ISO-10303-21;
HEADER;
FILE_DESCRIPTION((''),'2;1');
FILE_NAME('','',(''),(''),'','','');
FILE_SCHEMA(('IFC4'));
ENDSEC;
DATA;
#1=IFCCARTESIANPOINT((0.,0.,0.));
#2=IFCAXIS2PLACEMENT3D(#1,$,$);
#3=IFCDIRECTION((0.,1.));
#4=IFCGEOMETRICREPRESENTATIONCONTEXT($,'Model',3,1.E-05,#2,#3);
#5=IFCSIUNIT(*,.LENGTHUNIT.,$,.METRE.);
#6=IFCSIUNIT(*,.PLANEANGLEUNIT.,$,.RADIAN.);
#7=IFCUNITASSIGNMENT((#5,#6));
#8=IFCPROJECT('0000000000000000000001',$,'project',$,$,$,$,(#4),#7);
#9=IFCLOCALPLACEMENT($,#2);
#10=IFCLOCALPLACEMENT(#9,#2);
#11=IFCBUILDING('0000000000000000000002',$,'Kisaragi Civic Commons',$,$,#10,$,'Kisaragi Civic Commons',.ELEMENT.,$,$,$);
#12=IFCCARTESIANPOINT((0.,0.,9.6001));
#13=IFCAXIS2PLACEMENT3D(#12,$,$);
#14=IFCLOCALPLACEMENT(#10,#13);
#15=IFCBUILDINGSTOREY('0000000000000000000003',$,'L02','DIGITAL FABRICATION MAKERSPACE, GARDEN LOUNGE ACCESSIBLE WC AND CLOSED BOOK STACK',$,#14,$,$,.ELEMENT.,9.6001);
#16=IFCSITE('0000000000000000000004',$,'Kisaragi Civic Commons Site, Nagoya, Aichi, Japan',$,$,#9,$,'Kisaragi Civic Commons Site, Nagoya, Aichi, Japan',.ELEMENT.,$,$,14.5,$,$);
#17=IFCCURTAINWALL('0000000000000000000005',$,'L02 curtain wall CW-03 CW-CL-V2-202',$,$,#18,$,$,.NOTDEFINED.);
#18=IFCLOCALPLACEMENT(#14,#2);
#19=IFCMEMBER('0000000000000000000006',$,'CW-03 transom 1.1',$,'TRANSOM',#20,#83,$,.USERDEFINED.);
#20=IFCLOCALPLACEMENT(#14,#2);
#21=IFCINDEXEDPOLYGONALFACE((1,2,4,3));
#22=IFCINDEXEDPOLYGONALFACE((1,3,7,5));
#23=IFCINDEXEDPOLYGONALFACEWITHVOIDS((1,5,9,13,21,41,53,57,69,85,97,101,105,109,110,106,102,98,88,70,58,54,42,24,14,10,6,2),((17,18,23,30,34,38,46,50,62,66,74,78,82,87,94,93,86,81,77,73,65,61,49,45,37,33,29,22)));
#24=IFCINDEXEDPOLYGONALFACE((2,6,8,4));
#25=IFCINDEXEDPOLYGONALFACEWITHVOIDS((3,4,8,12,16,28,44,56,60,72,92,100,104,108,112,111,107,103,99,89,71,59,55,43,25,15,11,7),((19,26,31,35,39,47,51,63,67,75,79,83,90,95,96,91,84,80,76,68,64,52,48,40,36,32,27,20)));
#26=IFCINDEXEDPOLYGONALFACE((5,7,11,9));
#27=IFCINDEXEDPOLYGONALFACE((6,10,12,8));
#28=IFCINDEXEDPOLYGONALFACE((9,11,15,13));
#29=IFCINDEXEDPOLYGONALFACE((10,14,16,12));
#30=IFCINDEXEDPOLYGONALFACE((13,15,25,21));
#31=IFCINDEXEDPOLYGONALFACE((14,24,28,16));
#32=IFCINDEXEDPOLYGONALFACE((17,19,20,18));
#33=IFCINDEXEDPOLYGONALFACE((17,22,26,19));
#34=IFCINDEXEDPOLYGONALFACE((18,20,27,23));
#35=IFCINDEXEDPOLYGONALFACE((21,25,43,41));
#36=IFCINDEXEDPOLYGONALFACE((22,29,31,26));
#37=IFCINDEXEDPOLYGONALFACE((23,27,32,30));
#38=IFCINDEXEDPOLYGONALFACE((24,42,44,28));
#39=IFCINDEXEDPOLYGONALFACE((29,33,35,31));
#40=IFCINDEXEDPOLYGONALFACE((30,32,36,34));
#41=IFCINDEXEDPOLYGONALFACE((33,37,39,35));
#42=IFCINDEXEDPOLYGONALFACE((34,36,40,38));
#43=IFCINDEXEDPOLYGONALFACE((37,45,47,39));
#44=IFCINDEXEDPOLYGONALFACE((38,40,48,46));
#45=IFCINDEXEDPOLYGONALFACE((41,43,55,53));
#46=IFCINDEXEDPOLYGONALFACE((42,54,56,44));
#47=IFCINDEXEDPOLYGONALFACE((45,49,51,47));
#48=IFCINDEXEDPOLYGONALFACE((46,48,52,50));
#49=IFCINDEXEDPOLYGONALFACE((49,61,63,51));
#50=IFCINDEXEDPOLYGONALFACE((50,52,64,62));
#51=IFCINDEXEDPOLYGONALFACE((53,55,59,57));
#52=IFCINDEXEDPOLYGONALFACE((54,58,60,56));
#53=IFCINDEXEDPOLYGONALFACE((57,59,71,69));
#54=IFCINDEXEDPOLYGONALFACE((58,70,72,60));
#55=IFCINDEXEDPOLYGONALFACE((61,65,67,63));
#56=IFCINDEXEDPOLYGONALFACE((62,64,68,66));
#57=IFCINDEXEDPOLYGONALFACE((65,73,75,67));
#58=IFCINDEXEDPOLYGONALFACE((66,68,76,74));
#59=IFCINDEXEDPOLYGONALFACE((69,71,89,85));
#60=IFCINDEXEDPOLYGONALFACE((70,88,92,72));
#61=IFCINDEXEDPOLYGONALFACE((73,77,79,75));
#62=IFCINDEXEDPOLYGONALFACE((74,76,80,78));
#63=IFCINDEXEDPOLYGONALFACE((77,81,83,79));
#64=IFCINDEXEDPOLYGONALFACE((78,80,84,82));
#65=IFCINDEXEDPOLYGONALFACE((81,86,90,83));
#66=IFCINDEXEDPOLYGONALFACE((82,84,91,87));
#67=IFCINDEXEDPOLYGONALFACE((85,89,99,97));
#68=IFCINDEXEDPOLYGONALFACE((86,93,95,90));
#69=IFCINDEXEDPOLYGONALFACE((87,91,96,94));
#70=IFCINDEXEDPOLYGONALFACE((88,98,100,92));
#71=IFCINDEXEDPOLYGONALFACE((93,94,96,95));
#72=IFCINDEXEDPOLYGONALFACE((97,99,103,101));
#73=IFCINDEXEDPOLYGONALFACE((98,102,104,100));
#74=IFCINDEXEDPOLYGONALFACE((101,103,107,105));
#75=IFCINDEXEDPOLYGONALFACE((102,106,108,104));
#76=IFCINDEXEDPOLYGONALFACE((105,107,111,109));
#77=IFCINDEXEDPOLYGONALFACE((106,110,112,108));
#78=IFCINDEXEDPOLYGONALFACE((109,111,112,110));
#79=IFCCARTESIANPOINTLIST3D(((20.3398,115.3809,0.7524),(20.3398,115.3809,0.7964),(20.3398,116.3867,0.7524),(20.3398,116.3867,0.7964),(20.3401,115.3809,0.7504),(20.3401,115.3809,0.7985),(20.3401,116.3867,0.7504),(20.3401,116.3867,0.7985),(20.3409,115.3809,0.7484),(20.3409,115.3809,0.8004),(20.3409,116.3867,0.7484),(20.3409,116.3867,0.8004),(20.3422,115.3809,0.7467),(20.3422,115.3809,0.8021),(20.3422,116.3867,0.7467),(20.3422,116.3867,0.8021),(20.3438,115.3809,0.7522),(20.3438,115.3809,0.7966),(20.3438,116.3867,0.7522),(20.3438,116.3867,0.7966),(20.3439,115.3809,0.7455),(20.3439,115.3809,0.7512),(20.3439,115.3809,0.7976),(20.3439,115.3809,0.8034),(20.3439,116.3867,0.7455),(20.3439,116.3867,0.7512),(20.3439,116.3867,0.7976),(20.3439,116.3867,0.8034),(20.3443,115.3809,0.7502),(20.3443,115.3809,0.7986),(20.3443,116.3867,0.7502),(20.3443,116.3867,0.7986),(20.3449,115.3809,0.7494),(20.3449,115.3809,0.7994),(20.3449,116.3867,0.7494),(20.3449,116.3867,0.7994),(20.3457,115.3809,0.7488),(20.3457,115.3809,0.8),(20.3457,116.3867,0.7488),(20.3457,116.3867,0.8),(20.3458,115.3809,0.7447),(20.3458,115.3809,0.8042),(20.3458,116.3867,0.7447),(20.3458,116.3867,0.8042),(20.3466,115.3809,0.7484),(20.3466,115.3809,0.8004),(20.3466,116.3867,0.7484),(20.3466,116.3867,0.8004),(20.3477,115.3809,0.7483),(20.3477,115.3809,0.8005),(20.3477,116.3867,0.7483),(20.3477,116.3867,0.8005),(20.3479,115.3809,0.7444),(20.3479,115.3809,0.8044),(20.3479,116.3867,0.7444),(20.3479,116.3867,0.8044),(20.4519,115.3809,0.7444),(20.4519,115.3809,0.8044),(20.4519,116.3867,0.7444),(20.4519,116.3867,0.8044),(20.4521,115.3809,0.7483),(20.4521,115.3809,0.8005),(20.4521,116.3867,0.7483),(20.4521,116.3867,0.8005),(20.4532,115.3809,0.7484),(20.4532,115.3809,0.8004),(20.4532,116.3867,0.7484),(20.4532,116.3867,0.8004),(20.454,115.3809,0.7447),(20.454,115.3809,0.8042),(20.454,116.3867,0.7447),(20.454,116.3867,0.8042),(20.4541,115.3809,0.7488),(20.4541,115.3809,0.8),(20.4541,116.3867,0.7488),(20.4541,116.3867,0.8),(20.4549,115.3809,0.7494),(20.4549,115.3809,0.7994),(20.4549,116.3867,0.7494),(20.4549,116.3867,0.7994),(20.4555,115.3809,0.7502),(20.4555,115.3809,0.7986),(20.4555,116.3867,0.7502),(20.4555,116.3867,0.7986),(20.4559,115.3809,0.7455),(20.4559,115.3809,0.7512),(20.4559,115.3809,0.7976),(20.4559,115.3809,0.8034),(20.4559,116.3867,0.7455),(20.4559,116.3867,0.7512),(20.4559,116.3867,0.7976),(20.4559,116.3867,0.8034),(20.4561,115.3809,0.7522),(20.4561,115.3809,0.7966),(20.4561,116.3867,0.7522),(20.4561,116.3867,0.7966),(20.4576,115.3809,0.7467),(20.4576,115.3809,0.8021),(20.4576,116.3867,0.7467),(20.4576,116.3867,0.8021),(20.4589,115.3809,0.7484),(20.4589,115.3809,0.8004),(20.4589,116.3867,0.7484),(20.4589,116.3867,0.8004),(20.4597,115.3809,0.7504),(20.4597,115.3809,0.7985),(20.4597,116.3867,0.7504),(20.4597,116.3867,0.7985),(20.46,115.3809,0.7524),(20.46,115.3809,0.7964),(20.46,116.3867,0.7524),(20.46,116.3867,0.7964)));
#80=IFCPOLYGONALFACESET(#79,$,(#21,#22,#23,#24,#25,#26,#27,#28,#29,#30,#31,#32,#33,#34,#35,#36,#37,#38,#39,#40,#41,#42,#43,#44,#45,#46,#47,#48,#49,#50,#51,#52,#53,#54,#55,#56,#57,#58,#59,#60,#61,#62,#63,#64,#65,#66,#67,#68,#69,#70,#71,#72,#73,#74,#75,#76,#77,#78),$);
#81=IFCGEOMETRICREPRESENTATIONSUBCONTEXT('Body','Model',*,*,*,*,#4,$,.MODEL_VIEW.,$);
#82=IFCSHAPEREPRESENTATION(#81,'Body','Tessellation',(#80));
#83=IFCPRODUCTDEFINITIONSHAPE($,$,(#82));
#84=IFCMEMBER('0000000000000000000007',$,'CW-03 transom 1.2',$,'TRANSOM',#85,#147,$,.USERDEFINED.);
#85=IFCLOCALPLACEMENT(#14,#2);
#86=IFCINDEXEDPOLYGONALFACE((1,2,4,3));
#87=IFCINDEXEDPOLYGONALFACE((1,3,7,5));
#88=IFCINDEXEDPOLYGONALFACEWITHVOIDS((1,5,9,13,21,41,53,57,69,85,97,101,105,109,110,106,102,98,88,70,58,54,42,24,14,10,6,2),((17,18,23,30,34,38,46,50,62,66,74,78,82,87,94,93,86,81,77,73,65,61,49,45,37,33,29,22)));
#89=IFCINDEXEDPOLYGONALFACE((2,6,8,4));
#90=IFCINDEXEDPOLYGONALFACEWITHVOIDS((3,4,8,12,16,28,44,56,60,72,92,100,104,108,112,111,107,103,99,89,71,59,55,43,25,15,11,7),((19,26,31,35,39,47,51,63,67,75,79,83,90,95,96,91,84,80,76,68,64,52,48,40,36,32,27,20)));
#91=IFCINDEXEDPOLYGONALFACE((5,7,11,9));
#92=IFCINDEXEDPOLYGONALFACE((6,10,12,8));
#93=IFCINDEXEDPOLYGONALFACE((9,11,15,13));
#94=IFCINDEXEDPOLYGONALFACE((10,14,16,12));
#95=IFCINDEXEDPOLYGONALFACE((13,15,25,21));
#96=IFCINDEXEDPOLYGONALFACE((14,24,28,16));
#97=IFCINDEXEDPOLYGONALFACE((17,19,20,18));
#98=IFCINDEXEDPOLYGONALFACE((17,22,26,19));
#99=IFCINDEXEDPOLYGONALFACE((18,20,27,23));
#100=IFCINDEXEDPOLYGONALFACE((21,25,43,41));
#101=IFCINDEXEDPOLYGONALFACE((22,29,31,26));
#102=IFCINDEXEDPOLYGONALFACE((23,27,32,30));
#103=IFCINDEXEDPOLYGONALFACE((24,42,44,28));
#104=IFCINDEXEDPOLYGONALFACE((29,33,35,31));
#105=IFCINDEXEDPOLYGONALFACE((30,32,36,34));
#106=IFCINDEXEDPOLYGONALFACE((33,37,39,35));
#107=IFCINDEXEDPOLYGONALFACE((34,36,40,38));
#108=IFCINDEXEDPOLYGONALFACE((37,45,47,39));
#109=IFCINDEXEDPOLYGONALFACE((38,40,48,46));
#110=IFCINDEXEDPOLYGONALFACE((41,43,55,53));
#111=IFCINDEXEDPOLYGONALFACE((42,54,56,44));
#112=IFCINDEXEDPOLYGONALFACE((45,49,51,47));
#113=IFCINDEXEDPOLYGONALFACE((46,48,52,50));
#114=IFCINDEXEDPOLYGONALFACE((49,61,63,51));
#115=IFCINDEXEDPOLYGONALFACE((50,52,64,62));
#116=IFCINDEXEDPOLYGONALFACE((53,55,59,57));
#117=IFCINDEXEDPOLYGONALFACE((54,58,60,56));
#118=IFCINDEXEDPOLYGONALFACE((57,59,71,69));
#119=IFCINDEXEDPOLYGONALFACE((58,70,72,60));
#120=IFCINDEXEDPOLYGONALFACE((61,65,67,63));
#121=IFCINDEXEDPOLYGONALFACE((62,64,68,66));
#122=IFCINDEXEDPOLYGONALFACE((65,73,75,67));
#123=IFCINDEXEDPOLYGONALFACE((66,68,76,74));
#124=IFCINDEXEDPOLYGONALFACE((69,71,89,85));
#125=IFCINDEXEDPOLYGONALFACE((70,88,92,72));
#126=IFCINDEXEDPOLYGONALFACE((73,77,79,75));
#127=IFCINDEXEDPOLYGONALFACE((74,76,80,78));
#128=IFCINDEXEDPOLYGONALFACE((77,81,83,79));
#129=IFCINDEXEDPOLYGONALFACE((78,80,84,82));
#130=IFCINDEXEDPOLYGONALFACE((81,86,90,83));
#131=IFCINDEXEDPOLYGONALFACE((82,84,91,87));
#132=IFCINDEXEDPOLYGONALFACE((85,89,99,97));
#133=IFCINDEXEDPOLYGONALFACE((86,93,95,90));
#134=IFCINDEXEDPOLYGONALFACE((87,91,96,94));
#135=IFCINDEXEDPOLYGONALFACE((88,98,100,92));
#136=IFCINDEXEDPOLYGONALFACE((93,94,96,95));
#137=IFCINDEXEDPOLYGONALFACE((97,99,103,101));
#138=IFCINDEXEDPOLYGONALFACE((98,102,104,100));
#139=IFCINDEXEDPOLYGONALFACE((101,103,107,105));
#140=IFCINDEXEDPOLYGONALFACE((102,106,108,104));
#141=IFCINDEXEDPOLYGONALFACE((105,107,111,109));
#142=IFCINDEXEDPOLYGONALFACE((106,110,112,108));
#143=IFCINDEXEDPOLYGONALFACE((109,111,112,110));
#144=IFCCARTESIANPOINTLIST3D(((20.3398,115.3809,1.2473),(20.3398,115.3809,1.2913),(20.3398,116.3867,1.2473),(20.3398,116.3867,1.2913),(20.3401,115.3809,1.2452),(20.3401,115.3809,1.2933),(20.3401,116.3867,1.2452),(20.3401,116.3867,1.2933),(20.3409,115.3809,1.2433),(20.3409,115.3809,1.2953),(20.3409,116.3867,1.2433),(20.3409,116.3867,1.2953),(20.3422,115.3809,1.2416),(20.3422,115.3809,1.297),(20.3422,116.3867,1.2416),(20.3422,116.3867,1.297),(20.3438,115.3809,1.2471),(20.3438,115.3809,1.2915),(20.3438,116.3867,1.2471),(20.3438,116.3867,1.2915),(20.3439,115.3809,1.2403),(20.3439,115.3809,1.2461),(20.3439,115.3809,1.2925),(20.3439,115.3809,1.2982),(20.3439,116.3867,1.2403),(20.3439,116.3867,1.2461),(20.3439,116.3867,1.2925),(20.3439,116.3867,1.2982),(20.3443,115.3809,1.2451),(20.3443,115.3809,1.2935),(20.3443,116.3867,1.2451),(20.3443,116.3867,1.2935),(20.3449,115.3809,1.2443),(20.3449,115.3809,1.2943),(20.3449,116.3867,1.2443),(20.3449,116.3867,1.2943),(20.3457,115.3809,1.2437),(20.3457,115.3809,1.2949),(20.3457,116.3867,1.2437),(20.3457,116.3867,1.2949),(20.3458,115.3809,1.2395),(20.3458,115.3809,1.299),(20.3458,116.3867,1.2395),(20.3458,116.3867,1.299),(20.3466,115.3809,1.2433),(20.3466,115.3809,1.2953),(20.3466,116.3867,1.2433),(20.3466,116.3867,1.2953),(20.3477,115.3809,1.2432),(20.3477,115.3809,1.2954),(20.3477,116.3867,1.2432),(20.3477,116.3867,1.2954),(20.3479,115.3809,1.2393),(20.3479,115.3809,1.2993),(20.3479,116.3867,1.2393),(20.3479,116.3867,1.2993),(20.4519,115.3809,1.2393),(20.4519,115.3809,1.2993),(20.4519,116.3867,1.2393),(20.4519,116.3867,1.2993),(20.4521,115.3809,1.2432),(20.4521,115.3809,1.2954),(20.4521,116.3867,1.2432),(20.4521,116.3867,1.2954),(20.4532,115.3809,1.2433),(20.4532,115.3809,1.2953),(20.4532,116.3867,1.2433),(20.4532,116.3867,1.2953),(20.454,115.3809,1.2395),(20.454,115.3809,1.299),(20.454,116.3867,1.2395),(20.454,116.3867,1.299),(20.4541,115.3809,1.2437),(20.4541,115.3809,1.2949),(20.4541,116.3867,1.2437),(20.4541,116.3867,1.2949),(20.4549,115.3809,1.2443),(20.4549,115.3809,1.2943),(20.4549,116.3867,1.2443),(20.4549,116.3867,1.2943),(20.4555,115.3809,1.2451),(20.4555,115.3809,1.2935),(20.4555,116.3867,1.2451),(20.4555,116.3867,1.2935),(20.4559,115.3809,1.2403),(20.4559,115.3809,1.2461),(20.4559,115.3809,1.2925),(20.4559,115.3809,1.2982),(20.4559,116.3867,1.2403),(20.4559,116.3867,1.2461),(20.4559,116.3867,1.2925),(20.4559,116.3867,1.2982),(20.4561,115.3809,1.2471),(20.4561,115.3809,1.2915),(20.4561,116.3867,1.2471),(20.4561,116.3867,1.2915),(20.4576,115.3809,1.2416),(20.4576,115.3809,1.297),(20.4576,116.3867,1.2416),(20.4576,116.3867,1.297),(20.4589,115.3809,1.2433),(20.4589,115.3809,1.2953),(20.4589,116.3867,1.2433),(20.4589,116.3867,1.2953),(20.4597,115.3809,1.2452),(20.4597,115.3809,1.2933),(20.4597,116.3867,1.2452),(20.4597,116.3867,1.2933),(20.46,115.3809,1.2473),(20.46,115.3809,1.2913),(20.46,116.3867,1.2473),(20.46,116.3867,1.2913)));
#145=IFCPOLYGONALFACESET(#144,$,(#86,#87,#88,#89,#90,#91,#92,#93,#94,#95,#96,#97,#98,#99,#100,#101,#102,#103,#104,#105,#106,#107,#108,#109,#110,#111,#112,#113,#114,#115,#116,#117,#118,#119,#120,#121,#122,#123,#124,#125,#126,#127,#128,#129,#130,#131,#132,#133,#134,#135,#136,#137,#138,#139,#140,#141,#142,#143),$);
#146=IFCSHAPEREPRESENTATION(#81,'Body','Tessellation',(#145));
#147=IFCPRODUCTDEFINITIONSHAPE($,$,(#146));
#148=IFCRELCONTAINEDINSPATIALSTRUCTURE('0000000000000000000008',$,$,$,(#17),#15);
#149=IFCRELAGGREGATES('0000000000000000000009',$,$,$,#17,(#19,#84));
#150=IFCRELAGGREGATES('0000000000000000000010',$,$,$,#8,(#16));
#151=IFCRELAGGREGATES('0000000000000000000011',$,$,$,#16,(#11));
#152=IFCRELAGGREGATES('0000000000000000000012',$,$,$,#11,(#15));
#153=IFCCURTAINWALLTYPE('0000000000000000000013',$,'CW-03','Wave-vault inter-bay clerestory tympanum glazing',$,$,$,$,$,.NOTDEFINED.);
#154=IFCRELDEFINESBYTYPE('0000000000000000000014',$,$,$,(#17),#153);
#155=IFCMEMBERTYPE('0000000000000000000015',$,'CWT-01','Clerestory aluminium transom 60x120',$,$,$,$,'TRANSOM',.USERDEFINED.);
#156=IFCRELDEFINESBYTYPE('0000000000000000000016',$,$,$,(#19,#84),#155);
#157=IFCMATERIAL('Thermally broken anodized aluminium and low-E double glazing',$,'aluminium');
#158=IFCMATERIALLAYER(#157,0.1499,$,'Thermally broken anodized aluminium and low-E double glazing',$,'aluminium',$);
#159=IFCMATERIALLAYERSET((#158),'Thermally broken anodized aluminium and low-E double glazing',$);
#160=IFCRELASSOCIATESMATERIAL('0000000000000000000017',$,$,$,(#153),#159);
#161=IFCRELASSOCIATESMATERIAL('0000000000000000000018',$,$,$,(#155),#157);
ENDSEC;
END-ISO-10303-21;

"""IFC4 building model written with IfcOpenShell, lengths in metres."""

from ifc_helpers import new_model, si_unit, direction, frame, origin, origin_2d, place, context, subcontext, project, spatial, hollow_rectangle, extrude, material, layer, layer_set, material_profile, profile_set, type_object, element, aggregate, save


model = new_model("IFC4")

# Units and contexts
model_context = context("Model", 3, precision=1e-05, world=origin(), true_north=direction((0.0, 1.0)))
body_context = subcontext(model_context, "Body", "Model", "MODEL_VIEW")
ifc_project = project(units=[si_unit("LENGTHUNIT", "METRE"), si_unit("PLANEANGLEUNIT", "RADIAN")], contexts=[model_context])

# Site, building, storey
site_placement = place(None, origin())
site = spatial("IfcSite", under=ifc_project, at=site_placement, Name="Kisaragi Civic Commons Site, Nagoya, Aichi, Japan", LongName="Kisaragi Civic Commons Site, Nagoya, Aichi, Japan", CompositionType="ELEMENT", RefElevation=14.5)
building_placement = place(site_placement, origin())
building = spatial("IfcBuilding", under=site, at=building_placement, Name="Kisaragi Civic Commons", LongName="Kisaragi Civic Commons", CompositionType="ELEMENT")
storey_placement = place(building_placement, frame((0.0, 0.0, 9.6001)))
storey = spatial("IfcBuildingStorey", under=building, at=storey_placement, Name="L02", Description="DIGITAL FABRICATION MAKERSPACE, GARDEN LOUNGE ACCESSIBLE WC AND CLOSED BOOK STACK", CompositionType="ELEMENT", Elevation=9.6001)

# Shared definitions
ifc_material_1 = material(Name="Thermally broken anodized aluminium and low-E double glazing", Category="aluminium")
ifc_layer_1 = layer(ifc_material_1, 0.1499, Name="Thermally broken anodized aluminium and low-E double glazing", Category="aluminium")
ifc_layer_set_1 = layer_set([ifc_layer_1], Name="Thermally broken anodized aluminium and low-E double glazing")
curtain_wall_type = type_object("IfcCurtainWallType", Name="CW-03", Description="Wave-vault inter-bay clerestory tympanum glazing", PredefinedType="NOTDEFINED", material=ifc_layer_set_1)

# Curtain wall, members
curtain_wall_1_placement = place(storey_placement, origin())
curtain_wall_1 = element("IfcCurtainWall", 1, at=curtain_wall_1_placement, inside=storey, type_object=curtain_wall_type, Name="L02 curtain wall CW-03 CW-CL-V2-202", PredefinedType="NOTDEFINED")
ifc_material_profile_1 = material_profile(ifc_material_1, hollow_rectangle(XDim=0.1201, YDim=0.0601, WallThickness=0.0039, InnerFilletRadius=0.0039, OuterFilletRadius=0.0081, at=origin_2d()), Name="CWT-60x120x4", Category="aluminium")
ifc_profile_set_1 = profile_set([ifc_material_profile_1], Name="Thermally broken anodized aluminium and low-E double glazing")
member_type_1 = type_object("IfcMemberType", Name="CWT-01", Description="Clerestory aluminium transom 60x120", ElementType="TRANSOM", PredefinedType="USERDEFINED", material=ifc_profile_set_1)
member_1_placement = place(storey_placement, frame((20.3999, 115.3809, 0.7744), z_axis=(0.0, 1.0, 0.0), x_axis=(-1.0, 0.0, 0.0)))
member_1 = element("IfcMember", 2, at=member_1_placement, type_object=member_type_1, Name="CW-03 transom 1.1", ObjectType="TRANSOM", PredefinedType="USERDEFINED", context=body_context, shape_type="SweptSolid", body=[
    extrude(hollow_rectangle(XDim=0.1201, YDim=0.0601, WallThickness=0.0039, InnerFilletRadius=0.0039, OuterFilletRadius=0.0081, at=origin_2d()), origin(), (0.0, 0.0, 1.0), 1.0059),
])
member_2_placement = place(storey_placement, frame((20.3999, 115.3809, 1.2693), z_axis=(0.0, 1.0, 0.0), x_axis=(-1.0, 0.0, 0.0)))
member_2 = element("IfcMember", 3, at=member_2_placement, type_object=member_type_1, Name="CW-03 transom 1.2", ObjectType="TRANSOM", PredefinedType="USERDEFINED", context=body_context, shape_type="SweptSolid", body=[
    extrude(hollow_rectangle(XDim=0.1201, YDim=0.0601, WallThickness=0.0039, InnerFilletRadius=0.0039, OuterFilletRadius=0.0081, at=origin_2d()), origin(), (0.0, 0.0, 1.0), 1.0059),
])

aggregate(curtain_wall_1, [member_1, member_2])

save(model, "model.ifc")
